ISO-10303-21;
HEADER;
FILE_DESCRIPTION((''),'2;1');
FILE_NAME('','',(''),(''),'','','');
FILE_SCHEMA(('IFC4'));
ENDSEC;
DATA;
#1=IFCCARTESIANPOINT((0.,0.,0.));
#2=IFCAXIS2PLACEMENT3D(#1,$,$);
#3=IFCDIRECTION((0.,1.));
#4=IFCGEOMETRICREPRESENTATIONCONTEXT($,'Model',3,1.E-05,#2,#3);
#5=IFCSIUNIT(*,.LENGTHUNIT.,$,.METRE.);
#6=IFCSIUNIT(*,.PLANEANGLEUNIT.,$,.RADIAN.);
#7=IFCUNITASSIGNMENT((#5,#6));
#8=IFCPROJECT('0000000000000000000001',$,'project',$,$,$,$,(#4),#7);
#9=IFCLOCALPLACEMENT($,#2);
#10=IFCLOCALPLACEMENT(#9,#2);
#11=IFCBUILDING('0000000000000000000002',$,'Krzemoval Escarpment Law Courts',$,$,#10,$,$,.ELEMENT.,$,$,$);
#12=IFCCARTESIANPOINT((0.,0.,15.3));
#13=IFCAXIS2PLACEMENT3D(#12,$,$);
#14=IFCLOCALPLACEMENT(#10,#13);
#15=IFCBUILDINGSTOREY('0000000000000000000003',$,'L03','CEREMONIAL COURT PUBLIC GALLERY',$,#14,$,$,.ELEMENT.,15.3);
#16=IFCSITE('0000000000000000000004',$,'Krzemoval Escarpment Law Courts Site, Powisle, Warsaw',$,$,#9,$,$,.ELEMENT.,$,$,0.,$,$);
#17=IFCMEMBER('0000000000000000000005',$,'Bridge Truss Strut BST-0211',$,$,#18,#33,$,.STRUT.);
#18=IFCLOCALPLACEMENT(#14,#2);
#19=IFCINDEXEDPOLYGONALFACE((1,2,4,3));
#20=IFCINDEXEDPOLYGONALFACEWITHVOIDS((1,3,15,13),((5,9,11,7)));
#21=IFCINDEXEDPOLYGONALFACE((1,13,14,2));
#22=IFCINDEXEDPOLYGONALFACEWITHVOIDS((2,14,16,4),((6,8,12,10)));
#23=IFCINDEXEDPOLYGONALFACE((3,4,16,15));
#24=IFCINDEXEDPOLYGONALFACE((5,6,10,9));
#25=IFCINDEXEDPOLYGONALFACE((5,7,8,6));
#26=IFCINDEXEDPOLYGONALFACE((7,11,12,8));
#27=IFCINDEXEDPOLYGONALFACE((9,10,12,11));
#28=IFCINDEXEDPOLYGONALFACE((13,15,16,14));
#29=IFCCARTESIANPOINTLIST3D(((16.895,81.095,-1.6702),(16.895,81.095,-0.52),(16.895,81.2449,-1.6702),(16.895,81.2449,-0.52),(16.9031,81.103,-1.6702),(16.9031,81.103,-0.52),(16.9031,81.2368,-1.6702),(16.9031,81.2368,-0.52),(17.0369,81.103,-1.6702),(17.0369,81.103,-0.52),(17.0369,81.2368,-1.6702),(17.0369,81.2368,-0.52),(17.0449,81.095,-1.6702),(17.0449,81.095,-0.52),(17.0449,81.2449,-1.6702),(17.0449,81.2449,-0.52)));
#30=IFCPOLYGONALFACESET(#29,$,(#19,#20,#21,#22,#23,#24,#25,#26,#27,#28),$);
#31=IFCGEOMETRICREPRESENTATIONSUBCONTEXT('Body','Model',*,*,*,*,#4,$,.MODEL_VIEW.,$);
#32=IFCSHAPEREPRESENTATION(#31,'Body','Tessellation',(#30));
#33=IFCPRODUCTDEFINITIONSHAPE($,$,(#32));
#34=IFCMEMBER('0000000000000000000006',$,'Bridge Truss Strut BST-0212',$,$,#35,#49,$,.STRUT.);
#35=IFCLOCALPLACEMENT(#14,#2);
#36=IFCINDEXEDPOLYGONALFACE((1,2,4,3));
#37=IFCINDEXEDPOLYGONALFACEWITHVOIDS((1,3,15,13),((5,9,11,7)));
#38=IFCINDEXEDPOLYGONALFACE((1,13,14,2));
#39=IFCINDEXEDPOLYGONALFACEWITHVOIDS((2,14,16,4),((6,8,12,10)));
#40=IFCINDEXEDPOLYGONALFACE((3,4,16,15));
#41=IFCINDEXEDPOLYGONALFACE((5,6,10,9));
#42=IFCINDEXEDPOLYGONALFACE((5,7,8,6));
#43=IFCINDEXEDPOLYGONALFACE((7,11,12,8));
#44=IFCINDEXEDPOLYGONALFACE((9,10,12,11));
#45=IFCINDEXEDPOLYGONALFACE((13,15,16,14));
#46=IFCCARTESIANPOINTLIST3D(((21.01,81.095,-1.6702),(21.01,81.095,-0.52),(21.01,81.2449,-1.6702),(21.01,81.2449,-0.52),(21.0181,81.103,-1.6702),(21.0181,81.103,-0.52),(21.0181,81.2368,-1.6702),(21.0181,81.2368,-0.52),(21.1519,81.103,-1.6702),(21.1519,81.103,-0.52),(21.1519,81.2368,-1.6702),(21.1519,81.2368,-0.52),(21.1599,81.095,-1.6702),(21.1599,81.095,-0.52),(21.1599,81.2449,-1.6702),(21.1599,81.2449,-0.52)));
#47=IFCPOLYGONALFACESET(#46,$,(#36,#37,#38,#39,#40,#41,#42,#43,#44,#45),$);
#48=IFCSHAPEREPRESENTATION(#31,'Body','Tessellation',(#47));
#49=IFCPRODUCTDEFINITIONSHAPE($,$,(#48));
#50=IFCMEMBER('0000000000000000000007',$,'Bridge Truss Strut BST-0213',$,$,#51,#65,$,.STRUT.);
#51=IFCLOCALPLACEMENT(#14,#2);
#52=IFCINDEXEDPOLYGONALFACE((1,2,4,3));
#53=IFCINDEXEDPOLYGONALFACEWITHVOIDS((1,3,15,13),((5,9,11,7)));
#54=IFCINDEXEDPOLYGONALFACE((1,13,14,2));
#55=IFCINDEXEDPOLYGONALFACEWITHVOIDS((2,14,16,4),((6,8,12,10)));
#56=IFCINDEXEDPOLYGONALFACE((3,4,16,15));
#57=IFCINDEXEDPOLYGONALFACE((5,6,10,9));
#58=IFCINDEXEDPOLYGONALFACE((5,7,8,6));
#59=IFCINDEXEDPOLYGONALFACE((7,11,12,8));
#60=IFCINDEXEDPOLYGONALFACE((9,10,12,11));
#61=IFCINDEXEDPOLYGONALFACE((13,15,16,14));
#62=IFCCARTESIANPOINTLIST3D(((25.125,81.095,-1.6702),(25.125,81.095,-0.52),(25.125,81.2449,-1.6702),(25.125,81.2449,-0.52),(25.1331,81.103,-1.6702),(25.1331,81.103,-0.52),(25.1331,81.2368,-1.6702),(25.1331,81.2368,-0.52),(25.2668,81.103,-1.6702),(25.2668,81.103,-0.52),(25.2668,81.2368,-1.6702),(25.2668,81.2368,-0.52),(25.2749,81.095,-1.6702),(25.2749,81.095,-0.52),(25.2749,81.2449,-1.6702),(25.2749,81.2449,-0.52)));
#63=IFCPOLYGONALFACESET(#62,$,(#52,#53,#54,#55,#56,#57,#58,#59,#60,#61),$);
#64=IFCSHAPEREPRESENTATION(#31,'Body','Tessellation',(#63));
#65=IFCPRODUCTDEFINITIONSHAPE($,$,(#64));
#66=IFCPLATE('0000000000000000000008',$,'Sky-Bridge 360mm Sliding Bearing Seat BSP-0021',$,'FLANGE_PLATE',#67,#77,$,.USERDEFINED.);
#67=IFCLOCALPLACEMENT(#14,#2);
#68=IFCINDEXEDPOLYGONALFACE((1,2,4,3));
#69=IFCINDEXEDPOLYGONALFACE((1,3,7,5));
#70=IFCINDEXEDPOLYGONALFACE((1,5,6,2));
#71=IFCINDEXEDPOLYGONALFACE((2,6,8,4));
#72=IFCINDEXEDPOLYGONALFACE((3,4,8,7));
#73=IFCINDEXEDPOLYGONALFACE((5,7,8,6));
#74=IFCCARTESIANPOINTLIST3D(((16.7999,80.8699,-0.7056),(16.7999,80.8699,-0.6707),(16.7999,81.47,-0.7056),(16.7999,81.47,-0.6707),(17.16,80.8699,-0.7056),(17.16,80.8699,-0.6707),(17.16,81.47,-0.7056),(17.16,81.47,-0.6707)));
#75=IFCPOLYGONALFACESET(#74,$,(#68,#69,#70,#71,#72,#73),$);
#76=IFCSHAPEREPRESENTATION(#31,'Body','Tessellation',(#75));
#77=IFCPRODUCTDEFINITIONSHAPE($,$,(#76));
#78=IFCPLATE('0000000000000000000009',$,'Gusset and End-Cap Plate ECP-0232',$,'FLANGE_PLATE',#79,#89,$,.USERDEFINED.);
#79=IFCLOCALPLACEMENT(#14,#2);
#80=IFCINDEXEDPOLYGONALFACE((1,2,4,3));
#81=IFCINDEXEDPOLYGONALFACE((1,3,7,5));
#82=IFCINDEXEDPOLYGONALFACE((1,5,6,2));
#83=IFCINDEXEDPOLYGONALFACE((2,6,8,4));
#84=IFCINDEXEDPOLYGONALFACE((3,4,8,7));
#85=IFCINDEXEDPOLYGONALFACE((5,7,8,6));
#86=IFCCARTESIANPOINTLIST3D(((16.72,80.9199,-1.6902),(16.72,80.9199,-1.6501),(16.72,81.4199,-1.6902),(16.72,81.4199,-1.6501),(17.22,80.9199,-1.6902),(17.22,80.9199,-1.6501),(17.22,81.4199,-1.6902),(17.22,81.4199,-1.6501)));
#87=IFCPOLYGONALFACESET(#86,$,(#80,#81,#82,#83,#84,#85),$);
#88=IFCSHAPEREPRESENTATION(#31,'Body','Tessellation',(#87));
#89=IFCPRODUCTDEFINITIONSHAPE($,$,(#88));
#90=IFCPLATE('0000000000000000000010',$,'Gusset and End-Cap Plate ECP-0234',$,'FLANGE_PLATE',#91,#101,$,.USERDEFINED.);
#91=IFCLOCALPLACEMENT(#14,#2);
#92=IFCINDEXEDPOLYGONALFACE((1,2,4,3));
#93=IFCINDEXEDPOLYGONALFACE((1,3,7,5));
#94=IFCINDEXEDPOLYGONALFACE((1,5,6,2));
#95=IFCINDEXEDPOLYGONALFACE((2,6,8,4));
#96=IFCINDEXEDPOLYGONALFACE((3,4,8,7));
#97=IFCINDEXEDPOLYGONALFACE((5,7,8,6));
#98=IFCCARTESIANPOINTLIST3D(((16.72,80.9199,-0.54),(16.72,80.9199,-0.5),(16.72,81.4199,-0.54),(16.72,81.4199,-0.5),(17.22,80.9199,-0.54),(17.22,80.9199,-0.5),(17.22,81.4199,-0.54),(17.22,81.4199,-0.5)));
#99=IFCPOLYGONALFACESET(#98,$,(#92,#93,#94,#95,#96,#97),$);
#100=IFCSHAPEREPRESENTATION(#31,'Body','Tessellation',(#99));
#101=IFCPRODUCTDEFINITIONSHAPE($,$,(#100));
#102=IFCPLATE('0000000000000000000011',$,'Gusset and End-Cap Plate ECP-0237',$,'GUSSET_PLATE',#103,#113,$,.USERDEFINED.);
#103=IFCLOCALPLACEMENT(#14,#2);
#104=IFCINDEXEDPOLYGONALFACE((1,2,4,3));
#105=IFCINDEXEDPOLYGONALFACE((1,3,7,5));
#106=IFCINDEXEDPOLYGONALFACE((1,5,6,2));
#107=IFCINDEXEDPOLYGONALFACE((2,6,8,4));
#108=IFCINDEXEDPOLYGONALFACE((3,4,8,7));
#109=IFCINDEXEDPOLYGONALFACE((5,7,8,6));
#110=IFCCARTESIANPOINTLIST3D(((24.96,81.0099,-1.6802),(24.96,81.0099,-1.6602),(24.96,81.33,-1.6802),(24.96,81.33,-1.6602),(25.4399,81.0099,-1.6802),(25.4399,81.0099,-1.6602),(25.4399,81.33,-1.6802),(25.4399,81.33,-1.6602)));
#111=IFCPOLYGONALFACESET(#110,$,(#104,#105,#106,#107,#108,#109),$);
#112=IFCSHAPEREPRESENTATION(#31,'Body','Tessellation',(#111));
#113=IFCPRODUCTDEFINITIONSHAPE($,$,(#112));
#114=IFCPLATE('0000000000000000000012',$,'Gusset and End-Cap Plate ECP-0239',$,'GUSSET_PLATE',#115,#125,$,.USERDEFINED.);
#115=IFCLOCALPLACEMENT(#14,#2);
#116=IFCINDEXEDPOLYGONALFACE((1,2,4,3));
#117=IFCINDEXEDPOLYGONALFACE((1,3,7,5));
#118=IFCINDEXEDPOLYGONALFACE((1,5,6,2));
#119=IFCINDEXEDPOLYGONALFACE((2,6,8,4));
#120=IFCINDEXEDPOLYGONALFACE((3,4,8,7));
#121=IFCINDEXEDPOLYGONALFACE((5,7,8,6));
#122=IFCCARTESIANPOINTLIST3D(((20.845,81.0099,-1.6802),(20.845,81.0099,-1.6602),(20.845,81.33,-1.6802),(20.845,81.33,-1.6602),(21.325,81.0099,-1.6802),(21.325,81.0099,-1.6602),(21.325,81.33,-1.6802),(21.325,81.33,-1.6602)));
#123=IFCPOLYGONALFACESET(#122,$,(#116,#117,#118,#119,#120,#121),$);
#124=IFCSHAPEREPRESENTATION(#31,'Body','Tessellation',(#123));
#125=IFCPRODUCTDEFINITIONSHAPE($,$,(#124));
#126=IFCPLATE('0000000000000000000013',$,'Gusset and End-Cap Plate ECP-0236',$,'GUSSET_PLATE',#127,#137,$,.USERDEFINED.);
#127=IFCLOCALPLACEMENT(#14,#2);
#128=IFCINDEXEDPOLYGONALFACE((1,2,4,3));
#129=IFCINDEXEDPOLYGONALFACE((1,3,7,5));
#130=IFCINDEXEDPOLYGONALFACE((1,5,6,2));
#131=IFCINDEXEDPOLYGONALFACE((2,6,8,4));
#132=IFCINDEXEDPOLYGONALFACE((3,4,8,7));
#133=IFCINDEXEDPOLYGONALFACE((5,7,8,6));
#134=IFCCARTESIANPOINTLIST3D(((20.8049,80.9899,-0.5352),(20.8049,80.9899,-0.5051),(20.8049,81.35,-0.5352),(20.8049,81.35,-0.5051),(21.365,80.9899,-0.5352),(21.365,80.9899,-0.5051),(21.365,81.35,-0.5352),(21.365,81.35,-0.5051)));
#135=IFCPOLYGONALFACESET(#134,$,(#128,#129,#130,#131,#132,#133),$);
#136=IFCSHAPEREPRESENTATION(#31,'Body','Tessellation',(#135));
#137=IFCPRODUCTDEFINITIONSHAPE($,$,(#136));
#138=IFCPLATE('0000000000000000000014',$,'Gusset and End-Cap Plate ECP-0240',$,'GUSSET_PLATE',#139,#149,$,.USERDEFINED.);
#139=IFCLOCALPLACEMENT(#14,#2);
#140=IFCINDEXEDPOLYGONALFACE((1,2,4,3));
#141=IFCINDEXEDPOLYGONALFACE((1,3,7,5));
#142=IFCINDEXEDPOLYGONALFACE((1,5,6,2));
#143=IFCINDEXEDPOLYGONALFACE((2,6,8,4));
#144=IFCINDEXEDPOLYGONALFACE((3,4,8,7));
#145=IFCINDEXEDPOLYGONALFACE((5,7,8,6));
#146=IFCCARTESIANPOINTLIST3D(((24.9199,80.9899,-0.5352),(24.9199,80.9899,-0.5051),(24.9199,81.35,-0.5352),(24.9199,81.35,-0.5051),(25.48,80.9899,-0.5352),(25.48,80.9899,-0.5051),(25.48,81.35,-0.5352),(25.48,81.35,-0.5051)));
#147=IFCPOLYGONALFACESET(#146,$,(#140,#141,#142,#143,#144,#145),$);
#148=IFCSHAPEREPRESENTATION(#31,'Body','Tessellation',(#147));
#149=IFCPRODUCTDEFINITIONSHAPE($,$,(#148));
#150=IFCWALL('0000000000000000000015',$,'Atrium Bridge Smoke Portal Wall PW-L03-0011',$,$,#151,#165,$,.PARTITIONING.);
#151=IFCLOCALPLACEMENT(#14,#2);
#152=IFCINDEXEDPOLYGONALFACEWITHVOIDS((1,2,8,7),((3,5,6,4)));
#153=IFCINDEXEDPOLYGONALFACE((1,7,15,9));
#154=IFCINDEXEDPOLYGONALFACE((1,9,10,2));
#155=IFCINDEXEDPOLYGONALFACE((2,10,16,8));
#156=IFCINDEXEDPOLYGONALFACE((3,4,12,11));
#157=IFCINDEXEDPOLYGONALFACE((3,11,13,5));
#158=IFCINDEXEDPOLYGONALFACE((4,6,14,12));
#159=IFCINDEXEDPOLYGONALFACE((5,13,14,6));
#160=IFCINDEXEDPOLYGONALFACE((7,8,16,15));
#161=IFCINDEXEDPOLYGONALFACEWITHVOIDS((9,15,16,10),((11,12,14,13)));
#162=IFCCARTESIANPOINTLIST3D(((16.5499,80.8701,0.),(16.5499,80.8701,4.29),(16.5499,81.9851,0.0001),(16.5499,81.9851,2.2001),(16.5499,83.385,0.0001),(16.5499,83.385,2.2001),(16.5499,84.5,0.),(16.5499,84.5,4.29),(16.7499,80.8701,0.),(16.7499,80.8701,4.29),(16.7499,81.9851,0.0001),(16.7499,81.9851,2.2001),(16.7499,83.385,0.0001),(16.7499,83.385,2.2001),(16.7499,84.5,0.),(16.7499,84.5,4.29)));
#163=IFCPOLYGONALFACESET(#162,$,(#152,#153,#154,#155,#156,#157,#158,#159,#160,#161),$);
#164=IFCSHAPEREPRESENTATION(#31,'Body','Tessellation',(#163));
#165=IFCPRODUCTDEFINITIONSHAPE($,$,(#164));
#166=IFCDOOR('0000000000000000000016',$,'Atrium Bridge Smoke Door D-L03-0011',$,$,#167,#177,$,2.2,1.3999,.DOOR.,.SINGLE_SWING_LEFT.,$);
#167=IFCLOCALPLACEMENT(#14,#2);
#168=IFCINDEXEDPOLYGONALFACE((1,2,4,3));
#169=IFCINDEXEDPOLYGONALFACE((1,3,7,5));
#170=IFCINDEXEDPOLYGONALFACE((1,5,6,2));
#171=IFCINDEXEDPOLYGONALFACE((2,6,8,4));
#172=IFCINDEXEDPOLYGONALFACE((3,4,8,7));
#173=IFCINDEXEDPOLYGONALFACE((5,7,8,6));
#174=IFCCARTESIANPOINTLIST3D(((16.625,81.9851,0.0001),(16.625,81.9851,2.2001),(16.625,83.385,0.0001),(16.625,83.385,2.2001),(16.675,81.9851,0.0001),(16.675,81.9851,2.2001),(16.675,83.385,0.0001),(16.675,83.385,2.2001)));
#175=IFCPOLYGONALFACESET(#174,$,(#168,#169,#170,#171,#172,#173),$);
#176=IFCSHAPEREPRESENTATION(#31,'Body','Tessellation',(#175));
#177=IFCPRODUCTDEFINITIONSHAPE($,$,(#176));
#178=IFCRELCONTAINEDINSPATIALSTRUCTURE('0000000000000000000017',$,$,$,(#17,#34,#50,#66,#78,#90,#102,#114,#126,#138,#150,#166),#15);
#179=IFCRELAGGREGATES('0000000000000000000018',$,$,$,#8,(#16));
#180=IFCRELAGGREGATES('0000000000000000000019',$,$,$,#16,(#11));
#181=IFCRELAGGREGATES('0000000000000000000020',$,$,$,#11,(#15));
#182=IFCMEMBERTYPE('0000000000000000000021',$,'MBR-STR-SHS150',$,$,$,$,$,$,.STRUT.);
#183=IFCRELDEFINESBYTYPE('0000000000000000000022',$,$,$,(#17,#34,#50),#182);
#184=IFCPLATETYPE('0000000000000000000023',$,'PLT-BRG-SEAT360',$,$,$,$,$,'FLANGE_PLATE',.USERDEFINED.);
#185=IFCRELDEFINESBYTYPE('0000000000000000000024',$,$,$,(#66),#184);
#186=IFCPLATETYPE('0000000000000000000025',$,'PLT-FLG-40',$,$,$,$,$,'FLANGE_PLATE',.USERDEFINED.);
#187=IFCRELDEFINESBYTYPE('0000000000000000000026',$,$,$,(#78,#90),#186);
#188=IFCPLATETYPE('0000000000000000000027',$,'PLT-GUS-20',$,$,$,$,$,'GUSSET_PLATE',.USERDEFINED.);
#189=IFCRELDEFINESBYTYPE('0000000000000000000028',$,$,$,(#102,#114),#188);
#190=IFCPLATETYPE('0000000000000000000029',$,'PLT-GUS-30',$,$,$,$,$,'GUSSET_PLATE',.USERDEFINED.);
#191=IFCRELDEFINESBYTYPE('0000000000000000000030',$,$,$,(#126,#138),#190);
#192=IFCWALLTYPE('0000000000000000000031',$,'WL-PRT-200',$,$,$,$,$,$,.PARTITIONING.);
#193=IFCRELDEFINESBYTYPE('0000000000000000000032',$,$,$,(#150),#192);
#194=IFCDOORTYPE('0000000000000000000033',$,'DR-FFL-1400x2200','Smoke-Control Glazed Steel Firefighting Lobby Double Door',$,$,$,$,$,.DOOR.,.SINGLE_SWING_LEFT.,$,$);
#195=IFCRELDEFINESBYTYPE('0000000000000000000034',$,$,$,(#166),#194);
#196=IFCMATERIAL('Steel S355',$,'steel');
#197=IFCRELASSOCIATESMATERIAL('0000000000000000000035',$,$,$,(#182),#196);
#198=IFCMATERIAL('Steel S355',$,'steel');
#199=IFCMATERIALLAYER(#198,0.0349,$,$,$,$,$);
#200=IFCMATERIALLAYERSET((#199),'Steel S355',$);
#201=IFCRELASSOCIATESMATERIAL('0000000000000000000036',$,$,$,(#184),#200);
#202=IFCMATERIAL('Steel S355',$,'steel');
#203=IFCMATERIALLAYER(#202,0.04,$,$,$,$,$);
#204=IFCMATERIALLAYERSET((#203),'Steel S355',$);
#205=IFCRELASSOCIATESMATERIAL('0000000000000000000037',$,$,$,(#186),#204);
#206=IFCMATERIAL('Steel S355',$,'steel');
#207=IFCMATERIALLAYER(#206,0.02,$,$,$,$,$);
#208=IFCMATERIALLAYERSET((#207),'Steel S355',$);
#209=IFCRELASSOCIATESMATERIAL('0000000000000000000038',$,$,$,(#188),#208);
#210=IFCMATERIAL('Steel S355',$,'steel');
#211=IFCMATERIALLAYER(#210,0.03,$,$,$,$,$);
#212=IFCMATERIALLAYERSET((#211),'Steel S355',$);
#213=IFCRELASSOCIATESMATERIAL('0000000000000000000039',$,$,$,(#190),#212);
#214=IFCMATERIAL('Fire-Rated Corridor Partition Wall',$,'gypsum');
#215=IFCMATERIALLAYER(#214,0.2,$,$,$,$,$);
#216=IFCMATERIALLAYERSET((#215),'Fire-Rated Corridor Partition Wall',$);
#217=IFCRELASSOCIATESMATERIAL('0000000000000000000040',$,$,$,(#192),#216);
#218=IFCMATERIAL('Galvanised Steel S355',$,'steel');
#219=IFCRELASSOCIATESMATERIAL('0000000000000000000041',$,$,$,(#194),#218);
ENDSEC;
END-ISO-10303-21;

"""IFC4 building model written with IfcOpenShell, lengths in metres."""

from ifc_helpers import new_model, si_unit, direction, frame, frame_2d, origin, origin_2d, place, context, subcontext, project, spatial, rectangle, hollow_rectangle, extrude, material, layer, layer_set, material_profile, profile_set, type_object, element, fill, save


model = new_model("IFC4")

# Units and contexts
model_context = context("Model", 3, precision=1e-05, world=origin(), true_north=direction((0.0, 1.0)))
body_context = subcontext(model_context, "Body", "Model", "MODEL_VIEW")
ifc_project = project(units=[si_unit("LENGTHUNIT", "METRE"), si_unit("PLANEANGLEUNIT", "RADIAN")], contexts=[model_context])

# Site, building, storey
site_placement = place(None, origin())
site = spatial("IfcSite", under=ifc_project, at=site_placement, Name="Krzemoval Escarpment Law Courts Site, Powisle, Warsaw", CompositionType="ELEMENT", RefElevation=0.0)
building_placement = place(site_placement, origin())
building = spatial("IfcBuilding", under=site, at=building_placement, Name="Krzemoval Escarpment Law Courts", CompositionType="ELEMENT")
storey_placement = place(building_placement, frame((0.0, 0.0, 15.3)))
storey = spatial("IfcBuildingStorey", under=building, at=storey_placement, Name="L03", Description="CEREMONIAL COURT PUBLIC GALLERY", CompositionType="ELEMENT", Elevation=15.3)

# Members
ifc_material_1 = material(Name="Steel S355", Category="steel")
ifc_material_profile_1 = material_profile(ifc_material_1, hollow_rectangle(XDim=0.1499, YDim=0.1499, WallThickness=0.0081, at=origin_2d()), Name="SHS 150x150x8")
ifc_profile_set_1 = profile_set([ifc_material_profile_1], Name="Steel S355")
member_type_1 = type_object("IfcMemberType", Name="MBR-STR-SHS150", PredefinedType="STRUT", material=ifc_profile_set_1)
for number, where, z_axis, x_axis, name in (
    (1, (16.97, 81.1699, -1.6702), (0.0, 0.0, 1.0), (1.0, 0.0, 0.0), "Bridge Truss Strut BST-0211"),
    (2, (21.085, 81.1699, -1.6702), (0.0, 0.0, 1.0), (1.0, 0.0, 0.0), "Bridge Truss Strut BST-0212"),
    (3, (25.2, 81.1699, -1.6702), (0.0, 0.0, 1.0), (1.0, 0.0, 0.0), "Bridge Truss Strut BST-0213"),
):
    element("IfcMember", number, at=place(storey_placement, frame(where, z_axis=z_axis, x_axis=x_axis)), inside=storey, type_object=member_type_1, Name=name, PredefinedType="STRUT", context=body_context, shape_type="SweptSolid", body=[
        extrude(hollow_rectangle(XDim=0.1499, YDim=0.1499, WallThickness=0.0081, at=origin_2d()), origin(), (0.0, 0.0, 1.0), 1.1501),
    ])

# Plates
ifc_material_2 = material(Name="Steel S355", Category="steel")
ifc_layer_1 = layer(ifc_material_2, 0.0349)
ifc_layer_set_1 = layer_set([ifc_layer_1], Name="Steel S355")
plate_type_1 = type_object("IfcPlateType", Name="PLT-BRG-SEAT360", ElementType="FLANGE_PLATE", PredefinedType="USERDEFINED", material=ifc_layer_set_1)
plate_placement = place(storey_placement, frame((16.98, 81.1699, -0.7056), z_axis=(0.0, 0.0, 1.0), x_axis=(1.0, 0.0, 0.0)))
element("IfcPlate", 4, at=plate_placement, inside=storey, type_object=plate_type_1, Name="Sky-Bridge 360mm Sliding Bearing Seat BSP-0021", ObjectType="FLANGE_PLATE", PredefinedType="USERDEFINED", context=body_context, shape_type="SweptSolid", body=[
    extrude(rectangle(XDim=0.3601, YDim=0.6001, at=origin_2d()), origin(), (0.0, 0.0, 1.0), 0.0349),
])
ifc_material_3 = material(Name="Steel S355", Category="steel")
ifc_layer_2 = layer(ifc_material_3, 0.04)
ifc_layer_set_2 = layer_set([ifc_layer_2], Name="Steel S355")
plate_type_2 = type_object("IfcPlateType", Name="PLT-FLG-40", ElementType="FLANGE_PLATE", PredefinedType="USERDEFINED", material=ifc_layer_set_2)
for number, where, z_axis, x_axis, name in (
    (5, (16.97, 81.1699, -1.6902), (0.0, 0.0, 1.0), (1.0, 0.0, 0.0), "Gusset and End-Cap Plate ECP-0232"),
    (6, (16.97, 81.1699, -0.54), (0.0, 0.0, 1.0), (1.0, 0.0, 0.0), "Gusset and End-Cap Plate ECP-0234"),
):
    element("IfcPlate", number, at=place(storey_placement, frame(where, z_axis=z_axis, x_axis=x_axis)), inside=storey, type_object=plate_type_2, Name=name, ObjectType="FLANGE_PLATE", PredefinedType="USERDEFINED", context=body_context, shape_type="SweptSolid", body=[
        extrude(rectangle(XDim=0.5, YDim=0.5, at=origin_2d()), origin(), (0.0, 0.0, 1.0), 0.04),
    ])
ifc_material_4 = material(Name="Steel S355", Category="steel")
ifc_layer_3 = layer(ifc_material_4, 0.02)
ifc_layer_set_3 = layer_set([ifc_layer_3], Name="Steel S355")
plate_type_3 = type_object("IfcPlateType", Name="PLT-GUS-20", ElementType="GUSSET_PLATE", PredefinedType="USERDEFINED", material=ifc_layer_set_3)
for number, where, z_axis, x_axis, name in (
    (7, (25.2, 81.1699, -1.6802), (0.0, 0.0, 1.0), (1.0, 0.0, 0.0), "Gusset and End-Cap Plate ECP-0237"),
    (8, (21.085, 81.1699, -1.6802), (0.0, 0.0, 1.0), (1.0, 0.0, 0.0), "Gusset and End-Cap Plate ECP-0239"),
):
    element("IfcPlate", number, at=place(storey_placement, frame(where, z_axis=z_axis, x_axis=x_axis)), inside=storey, type_object=plate_type_3, Name=name, ObjectType="GUSSET_PLATE", PredefinedType="USERDEFINED", context=body_context, shape_type="SweptSolid", body=[
        extrude(rectangle(XDim=0.48, YDim=0.3201, at=origin_2d()), origin(), (0.0, 0.0, 1.0), 0.02),
    ])
ifc_material_5 = material(Name="Steel S355", Category="steel")
ifc_layer_4 = layer(ifc_material_5, 0.03)
ifc_layer_set_4 = layer_set([ifc_layer_4], Name="Steel S355")
plate_type_4 = type_object("IfcPlateType", Name="PLT-GUS-30", ElementType="GUSSET_PLATE", PredefinedType="USERDEFINED", material=ifc_layer_set_4)
for number, where, z_axis, x_axis, name in (
    (9, (21.085, 81.1699, -0.5352), (0.0, 0.0, 1.0), (1.0, 0.0, 0.0), "Gusset and End-Cap Plate ECP-0236"),
    (10, (25.2, 81.1699, -0.5352), (0.0, 0.0, 1.0), (1.0, 0.0, 0.0), "Gusset and End-Cap Plate ECP-0240"),
):
    element("IfcPlate", number, at=place(storey_placement, frame(where, z_axis=z_axis, x_axis=x_axis)), inside=storey, type_object=plate_type_4, Name=name, ObjectType="GUSSET_PLATE", PredefinedType="USERDEFINED", context=body_context, shape_type="SweptSolid", body=[
        extrude(rectangle(XDim=0.5601, YDim=0.3601, at=origin_2d()), origin(), (0.0, 0.0, 1.0), 0.03),
    ])

# Wall, opening, door
ifc_material_6 = material(Name="Fire-Rated Corridor Partition Wall", Category="gypsum")
ifc_layer_5 = layer(ifc_material_6, 0.2)
ifc_layer_set_5 = layer_set([ifc_layer_5], Name="Fire-Rated Corridor Partition Wall")
wall_type = type_object("IfcWallType", Name="WL-PRT-200", PredefinedType="PARTITIONING", material=ifc_layer_set_5)
wall_placement = place(storey_placement, frame((16.6499, 80.8701, 0.0), z_axis=(0.0, 0.0, 1.0), x_axis=(0.0, 1.0, 0.0)))
wall = element("IfcWall", 11, at=wall_placement, inside=storey, type_object=wall_type, Name="Atrium Bridge Smoke Portal Wall PW-L03-0011", PredefinedType="PARTITIONING", context=body_context, shape_type="SweptSolid", body=[
    extrude(rectangle(XDim=3.6299, YDim=0.2, at=frame_2d((1.8149, 0.0))), origin(), (0.0, 0.0, 1.0), 4.29),
])
opening_placement = place(wall_placement, frame((1.115, 0.0, 0.0)))
opening = element("IfcOpeningElement", 12, at=opening_placement, cuts=wall, PredefinedType="OPENING", context=body_context, shape_type="SweptSolid", body=[
    extrude(rectangle(XDim=1.3999, YDim=2.2, at=frame_2d((0.7, 1.1001))), frame((0.0, 0.115, 0.0), z_axis=(0.0, -1.0, 0.0), x_axis=(1.0, 0.0, 0.0)), (0.0, 0.0, 1.0), 0.2299),
])
ifc_material_7 = material(Name="Galvanised Steel S355", Category="steel")
door_type = type_object("IfcDoorType", Name="DR-FFL-1400x2200", Description="Smoke-Control Glazed Steel Firefighting Lobby Double Door", OperationType="SINGLE_SWING_LEFT", PredefinedType="DOOR", material=ifc_material_7)
door_placement = place(opening_placement, origin())
door = element("IfcDoor", 13, at=door_placement, inside=storey, type_object=door_type, Name="Atrium Bridge Smoke Door D-L03-0011", OperationType="SINGLE_SWING_LEFT", OverallHeight=2.2, OverallWidth=1.3999, PredefinedType="DOOR", context=body_context, shape_type="SweptSolid", body=[
    extrude(rectangle(XDim=1.3999, YDim=2.2, at=frame_2d((0.7, 1.1001))), frame((0.0, 0.0249, 0.0), z_axis=(0.0, -1.0, 0.0), x_axis=(1.0, 0.0, 0.0)), (0.0, 0.0, 1.0), 0.05),
])
fill(opening, door)

save(model, "model.ifc")
